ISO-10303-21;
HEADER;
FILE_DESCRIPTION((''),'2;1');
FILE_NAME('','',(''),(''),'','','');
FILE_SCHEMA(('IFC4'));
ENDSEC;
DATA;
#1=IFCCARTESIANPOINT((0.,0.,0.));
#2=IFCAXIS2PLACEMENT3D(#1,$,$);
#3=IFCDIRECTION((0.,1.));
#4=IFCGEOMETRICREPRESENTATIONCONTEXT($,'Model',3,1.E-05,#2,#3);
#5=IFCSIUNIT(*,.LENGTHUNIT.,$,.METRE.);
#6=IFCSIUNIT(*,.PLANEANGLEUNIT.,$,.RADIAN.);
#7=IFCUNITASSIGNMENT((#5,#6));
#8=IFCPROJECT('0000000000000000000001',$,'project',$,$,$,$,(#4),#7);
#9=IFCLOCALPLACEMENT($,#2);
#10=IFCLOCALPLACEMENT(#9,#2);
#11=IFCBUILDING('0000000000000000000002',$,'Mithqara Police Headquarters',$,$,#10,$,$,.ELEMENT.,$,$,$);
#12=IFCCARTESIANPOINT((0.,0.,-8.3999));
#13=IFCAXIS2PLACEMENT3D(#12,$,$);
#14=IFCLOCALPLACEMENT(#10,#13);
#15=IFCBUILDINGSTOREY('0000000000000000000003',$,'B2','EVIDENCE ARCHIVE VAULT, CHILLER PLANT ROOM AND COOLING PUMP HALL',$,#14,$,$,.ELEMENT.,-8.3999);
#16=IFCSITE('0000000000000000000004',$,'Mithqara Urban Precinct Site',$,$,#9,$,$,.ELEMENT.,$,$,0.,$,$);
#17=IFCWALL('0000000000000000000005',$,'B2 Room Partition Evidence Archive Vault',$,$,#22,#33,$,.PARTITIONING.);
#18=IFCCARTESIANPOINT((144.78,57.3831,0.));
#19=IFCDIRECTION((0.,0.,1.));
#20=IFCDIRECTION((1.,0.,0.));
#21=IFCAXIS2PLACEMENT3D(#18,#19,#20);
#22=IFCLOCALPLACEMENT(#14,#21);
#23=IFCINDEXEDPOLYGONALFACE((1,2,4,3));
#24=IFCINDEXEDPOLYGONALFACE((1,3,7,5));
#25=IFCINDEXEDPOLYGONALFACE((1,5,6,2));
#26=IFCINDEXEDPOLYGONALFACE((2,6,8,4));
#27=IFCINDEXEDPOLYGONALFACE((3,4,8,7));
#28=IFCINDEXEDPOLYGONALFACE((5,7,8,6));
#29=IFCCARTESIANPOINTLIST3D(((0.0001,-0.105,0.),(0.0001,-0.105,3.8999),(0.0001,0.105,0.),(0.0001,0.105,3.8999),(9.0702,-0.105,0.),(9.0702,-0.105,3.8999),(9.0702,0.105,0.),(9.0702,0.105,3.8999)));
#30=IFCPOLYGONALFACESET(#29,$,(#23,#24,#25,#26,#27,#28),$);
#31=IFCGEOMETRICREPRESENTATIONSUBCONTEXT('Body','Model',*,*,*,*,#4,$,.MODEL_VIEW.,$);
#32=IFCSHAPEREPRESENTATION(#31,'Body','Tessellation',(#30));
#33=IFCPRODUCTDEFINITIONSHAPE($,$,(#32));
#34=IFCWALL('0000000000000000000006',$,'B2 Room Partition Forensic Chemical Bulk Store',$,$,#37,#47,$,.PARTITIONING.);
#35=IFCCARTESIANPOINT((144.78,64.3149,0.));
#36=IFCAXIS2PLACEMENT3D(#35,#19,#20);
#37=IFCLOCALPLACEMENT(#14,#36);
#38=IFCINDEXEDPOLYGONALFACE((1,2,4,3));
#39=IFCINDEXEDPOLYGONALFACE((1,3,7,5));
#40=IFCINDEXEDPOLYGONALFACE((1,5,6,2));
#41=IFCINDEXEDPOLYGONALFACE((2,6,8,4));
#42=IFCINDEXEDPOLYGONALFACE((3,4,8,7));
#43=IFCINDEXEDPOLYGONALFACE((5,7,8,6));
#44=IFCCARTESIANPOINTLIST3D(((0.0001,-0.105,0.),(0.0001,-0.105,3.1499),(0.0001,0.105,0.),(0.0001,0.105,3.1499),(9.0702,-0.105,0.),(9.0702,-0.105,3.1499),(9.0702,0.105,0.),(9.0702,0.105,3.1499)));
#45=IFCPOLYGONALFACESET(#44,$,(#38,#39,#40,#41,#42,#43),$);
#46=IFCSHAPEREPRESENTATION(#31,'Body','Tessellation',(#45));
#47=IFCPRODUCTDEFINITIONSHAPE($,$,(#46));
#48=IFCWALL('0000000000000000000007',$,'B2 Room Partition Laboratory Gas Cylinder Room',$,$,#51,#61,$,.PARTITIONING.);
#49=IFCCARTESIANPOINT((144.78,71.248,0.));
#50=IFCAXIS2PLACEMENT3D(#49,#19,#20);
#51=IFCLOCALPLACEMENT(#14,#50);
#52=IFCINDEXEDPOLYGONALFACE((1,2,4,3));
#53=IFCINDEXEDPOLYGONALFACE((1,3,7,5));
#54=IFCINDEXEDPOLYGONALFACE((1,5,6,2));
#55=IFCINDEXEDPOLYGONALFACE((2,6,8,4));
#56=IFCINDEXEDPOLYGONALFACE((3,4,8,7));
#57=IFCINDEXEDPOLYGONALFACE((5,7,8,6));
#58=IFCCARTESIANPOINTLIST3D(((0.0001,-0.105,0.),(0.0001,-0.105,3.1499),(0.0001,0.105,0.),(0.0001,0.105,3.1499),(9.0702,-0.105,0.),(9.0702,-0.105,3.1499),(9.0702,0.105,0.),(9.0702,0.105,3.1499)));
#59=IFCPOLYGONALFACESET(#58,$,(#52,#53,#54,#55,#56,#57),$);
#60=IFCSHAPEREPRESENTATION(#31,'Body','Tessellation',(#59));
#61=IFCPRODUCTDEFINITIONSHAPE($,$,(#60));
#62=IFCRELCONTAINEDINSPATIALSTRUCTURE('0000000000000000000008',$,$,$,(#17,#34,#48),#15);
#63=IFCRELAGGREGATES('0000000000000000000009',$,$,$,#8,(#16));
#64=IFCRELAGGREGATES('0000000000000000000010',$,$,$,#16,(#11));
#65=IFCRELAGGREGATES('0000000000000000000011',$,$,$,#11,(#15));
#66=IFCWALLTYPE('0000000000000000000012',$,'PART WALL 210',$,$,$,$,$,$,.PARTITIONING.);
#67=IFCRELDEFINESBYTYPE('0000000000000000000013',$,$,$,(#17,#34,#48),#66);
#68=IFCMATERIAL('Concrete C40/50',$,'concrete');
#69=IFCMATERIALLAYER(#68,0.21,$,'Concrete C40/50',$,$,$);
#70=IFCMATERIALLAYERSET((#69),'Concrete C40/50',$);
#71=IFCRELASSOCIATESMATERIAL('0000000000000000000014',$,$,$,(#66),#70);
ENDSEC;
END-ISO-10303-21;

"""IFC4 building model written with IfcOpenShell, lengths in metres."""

from ifc_helpers import new_model, si_unit, direction, frame, frame_2d, origin, place, context, subcontext, project, spatial, rectangle, extrude, material, layer, layer_set, type_object, element, save


model = new_model("IFC4")

# Units and contexts
model_context = context("Model", 3, precision=1e-05, world=origin(), true_north=direction((0.0, 1.0)))
body_context = subcontext(model_context, "Body", "Model", "MODEL_VIEW")
ifc_project = project(units=[si_unit("LENGTHUNIT", "METRE"), si_unit("PLANEANGLEUNIT", "RADIAN")], contexts=[model_context])

# Site, building, storey
site_placement = place(None, origin())
site = spatial("IfcSite", under=ifc_project, at=site_placement, Name="Mithqara Urban Precinct Site", CompositionType="ELEMENT", RefElevation=0.0)
building_placement = place(site_placement, origin())
building = spatial("IfcBuilding", under=site, at=building_placement, Name="Mithqara Police Headquarters", CompositionType="ELEMENT")
storey_placement = place(building_placement, frame((0.0, 0.0, -8.3999)))
storey = spatial("IfcBuildingStorey", under=building, at=storey_placement, Name="B2", Description="EVIDENCE ARCHIVE VAULT, CHILLER PLANT ROOM AND COOLING PUMP HALL", CompositionType="ELEMENT", Elevation=-8.3999)

# Shared definitions
ifc_material_1 = material(Name="Concrete C40/50", Category="concrete")

# Walls
ifc_layer = layer(ifc_material_1, 0.21, Name="Concrete C40/50")
ifc_layer_set = layer_set([ifc_layer], Name="Concrete C40/50")
wall_type = type_object("IfcWallType", Name="PART WALL 210", PredefinedType="PARTITIONING", material=ifc_layer_set)
wall_placement = place(storey_placement, frame((144.78, 57.3831, 0.0), z_axis=(0.0, 0.0, 1.0), x_axis=(1.0, 0.0, 0.0)))
element("IfcWall", 1, at=wall_placement, inside=storey, type_object=wall_type, Name="B2 Room Partition Evidence Archive Vault", PredefinedType="PARTITIONING", context=body_context, shape_type="SweptSolid", body=[
    extrude(rectangle(XDim=9.0701, YDim=0.21, at=frame_2d((4.5352, 0.0))), origin(), (0.0, 0.0, 1.0), 3.8999),
])
for number, where, z_axis, x_axis, name in (
    (2, (144.78, 64.3149, 0.0), (0.0, 0.0, 1.0), (1.0, 0.0, 0.0), "B2 Room Partition Forensic Chemical Bulk Store"),
    (3, (144.78, 71.248, 0.0), (0.0, 0.0, 1.0), (1.0, 0.0, 0.0), "B2 Room Partition Laboratory Gas Cylinder Room"),
):
    element("IfcWall", number, at=place(storey_placement, frame(where, z_axis=z_axis, x_axis=x_axis)), inside=storey, type_object=wall_type, Name=name, PredefinedType="PARTITIONING", context=body_context, shape_type="SweptSolid", body=[
        extrude(rectangle(XDim=9.0701, YDim=0.21, at=frame_2d((4.5352, 0.0))), origin(), (0.0, 0.0, 1.0), 3.1499),
    ])

save(model, "model.ifc")
